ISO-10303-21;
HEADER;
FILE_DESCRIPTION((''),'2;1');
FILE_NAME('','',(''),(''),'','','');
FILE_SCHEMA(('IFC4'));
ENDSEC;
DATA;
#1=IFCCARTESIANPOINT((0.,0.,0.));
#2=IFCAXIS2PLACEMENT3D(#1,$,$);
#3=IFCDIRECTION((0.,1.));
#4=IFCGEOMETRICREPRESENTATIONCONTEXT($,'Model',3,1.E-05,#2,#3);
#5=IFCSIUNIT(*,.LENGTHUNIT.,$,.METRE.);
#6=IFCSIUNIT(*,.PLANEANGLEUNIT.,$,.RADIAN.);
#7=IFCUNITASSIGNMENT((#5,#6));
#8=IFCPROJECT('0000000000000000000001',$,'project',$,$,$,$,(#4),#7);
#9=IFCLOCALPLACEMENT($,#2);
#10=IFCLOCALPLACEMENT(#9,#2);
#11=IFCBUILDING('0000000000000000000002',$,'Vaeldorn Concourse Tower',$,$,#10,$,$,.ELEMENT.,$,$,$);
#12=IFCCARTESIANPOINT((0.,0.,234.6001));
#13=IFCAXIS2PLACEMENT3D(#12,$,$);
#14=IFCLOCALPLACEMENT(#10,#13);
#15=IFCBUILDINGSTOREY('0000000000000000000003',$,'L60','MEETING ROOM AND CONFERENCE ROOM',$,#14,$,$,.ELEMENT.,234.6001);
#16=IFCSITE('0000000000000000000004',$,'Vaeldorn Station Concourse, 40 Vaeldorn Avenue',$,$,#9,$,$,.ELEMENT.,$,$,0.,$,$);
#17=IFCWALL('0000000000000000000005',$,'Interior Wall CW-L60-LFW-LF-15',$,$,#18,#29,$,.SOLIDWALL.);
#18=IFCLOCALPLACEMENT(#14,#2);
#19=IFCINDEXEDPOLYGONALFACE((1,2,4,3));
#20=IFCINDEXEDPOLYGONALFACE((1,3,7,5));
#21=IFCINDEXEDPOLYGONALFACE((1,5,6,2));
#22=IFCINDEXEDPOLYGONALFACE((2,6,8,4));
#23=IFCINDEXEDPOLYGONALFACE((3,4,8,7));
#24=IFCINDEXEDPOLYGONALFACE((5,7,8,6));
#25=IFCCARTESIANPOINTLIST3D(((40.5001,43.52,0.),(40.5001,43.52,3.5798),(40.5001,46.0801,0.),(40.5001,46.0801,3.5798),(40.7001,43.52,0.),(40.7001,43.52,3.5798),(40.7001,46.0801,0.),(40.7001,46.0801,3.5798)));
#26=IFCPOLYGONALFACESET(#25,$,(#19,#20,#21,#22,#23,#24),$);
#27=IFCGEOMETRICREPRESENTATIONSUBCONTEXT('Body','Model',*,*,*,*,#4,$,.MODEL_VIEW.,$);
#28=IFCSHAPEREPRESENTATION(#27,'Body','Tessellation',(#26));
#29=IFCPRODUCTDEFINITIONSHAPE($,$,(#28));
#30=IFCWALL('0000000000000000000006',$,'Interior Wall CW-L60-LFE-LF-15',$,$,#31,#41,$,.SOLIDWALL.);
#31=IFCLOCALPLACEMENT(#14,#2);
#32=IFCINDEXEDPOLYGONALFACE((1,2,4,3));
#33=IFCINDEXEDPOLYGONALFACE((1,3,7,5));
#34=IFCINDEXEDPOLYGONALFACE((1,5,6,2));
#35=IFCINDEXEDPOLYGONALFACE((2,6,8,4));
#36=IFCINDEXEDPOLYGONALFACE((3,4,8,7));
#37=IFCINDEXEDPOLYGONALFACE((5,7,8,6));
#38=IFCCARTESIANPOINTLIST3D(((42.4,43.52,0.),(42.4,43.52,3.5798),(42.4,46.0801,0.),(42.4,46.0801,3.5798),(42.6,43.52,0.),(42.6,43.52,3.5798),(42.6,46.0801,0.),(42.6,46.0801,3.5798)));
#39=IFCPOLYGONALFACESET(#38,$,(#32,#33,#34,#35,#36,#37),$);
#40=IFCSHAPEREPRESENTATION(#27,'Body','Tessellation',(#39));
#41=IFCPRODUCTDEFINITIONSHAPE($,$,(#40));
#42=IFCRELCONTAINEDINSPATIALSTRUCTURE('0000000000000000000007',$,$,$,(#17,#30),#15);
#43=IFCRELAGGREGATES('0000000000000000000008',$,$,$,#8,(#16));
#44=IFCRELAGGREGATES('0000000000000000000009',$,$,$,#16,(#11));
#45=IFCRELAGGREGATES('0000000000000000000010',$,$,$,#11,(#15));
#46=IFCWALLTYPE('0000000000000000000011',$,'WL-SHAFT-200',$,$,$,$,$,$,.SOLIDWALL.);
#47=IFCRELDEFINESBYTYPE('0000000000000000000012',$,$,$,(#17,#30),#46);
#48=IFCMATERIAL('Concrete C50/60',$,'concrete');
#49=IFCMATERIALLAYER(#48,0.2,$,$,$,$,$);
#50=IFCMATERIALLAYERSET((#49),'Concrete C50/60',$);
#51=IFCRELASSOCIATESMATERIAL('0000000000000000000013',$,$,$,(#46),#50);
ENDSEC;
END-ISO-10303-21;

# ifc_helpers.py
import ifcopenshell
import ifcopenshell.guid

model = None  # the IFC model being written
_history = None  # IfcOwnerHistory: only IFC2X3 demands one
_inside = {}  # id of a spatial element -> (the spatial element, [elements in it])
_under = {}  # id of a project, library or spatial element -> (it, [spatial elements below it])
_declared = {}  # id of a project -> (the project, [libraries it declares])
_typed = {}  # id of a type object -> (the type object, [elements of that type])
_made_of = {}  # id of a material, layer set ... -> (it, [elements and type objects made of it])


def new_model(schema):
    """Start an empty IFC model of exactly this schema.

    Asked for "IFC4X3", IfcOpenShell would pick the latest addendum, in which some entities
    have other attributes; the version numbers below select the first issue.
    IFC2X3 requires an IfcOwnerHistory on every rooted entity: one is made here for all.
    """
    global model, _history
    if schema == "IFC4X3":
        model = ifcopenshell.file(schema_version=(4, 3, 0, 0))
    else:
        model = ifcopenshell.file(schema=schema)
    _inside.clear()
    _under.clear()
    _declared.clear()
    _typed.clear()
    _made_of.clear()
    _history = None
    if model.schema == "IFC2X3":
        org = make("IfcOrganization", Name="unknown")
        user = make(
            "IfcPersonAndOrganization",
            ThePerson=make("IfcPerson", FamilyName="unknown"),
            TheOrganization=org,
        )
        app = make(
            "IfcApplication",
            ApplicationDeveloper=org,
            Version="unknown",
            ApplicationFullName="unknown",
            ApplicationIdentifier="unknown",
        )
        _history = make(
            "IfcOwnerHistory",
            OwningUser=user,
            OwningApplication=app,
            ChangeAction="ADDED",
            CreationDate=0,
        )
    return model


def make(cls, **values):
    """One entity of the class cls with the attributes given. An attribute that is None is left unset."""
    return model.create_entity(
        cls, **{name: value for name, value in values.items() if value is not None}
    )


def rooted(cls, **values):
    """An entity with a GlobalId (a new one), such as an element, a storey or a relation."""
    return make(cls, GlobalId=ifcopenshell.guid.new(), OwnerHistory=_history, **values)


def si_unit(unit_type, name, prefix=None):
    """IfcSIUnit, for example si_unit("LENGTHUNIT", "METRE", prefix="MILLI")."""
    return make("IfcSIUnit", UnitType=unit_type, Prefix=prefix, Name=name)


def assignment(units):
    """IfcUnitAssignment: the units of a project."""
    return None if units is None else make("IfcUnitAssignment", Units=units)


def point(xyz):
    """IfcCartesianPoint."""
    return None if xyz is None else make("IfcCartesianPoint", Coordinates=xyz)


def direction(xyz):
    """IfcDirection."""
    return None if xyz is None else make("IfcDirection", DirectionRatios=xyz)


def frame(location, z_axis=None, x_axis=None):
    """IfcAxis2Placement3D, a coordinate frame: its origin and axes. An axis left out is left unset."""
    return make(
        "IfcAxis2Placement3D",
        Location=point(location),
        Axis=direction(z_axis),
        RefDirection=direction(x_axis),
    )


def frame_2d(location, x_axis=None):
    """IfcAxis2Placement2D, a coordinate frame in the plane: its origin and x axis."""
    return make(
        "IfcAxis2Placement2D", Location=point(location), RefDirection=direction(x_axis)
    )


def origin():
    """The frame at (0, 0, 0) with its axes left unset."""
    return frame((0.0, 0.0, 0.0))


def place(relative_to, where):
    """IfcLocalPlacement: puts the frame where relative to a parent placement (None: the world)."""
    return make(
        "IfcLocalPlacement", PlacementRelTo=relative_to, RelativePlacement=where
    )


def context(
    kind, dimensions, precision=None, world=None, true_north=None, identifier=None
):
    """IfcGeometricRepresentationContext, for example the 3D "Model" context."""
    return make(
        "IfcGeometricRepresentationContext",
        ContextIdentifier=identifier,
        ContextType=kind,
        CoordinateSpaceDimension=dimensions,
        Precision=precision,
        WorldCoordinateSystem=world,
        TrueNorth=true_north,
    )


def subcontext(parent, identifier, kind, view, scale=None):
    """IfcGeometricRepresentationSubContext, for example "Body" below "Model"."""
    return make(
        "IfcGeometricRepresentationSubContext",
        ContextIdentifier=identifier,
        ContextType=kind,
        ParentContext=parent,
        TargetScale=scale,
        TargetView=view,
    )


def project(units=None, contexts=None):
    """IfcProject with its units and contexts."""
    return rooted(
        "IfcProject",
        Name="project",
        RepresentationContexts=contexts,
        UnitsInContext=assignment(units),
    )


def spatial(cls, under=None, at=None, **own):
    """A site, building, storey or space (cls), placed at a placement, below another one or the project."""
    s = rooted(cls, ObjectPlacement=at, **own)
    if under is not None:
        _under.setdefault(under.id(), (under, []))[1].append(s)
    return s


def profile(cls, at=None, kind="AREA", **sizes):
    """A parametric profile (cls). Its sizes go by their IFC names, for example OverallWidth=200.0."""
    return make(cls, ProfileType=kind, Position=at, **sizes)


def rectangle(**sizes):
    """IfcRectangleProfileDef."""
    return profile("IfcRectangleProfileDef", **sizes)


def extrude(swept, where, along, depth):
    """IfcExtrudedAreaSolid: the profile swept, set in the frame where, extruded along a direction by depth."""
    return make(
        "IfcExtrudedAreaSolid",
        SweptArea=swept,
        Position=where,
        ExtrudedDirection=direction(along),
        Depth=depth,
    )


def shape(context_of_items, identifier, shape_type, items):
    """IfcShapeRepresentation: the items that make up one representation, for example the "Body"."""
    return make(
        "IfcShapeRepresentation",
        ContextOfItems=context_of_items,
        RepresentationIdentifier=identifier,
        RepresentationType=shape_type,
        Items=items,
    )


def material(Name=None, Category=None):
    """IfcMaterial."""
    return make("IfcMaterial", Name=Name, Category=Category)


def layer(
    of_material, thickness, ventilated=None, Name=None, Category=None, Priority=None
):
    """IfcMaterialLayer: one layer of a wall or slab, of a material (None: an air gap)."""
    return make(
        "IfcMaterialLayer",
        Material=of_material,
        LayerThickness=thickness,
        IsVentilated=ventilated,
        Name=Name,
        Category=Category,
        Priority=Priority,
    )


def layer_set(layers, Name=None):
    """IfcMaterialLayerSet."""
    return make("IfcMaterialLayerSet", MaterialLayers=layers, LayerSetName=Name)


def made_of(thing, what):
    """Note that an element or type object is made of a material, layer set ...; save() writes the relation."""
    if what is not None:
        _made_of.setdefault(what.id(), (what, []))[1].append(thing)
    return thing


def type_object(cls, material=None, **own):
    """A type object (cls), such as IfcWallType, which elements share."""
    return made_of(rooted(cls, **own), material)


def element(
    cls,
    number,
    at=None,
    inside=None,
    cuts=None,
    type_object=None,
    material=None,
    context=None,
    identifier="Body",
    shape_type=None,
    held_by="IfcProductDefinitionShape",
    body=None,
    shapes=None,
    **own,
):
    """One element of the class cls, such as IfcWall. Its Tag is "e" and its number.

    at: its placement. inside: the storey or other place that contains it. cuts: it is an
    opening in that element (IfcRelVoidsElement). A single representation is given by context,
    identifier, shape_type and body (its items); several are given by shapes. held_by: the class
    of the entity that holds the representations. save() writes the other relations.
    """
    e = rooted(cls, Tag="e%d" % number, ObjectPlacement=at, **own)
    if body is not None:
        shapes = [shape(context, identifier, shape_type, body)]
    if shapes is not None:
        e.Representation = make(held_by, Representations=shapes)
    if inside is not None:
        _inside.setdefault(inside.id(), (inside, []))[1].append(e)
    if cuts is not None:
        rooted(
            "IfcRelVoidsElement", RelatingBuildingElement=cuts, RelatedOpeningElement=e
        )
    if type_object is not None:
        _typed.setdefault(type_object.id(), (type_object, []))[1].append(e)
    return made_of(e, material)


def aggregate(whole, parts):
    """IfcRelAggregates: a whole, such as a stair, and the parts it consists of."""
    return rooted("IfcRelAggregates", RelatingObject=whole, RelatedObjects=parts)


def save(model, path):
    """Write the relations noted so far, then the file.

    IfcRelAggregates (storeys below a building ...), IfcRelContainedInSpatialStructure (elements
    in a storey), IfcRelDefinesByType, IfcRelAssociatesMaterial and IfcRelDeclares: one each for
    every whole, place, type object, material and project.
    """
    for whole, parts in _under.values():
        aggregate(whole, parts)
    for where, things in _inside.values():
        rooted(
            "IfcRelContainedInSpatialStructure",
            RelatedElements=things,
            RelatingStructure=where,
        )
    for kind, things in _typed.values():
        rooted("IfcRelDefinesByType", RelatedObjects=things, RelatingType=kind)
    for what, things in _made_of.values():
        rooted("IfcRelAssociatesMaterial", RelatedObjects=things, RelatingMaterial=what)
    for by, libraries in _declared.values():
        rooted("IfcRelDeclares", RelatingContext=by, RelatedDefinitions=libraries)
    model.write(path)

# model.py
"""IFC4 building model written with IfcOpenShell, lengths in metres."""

from ifc_helpers import new_model, si_unit, direction, frame, frame_2d, origin, place, context, subcontext, project, spatial, rectangle, extrude, material, layer, layer_set, type_object, element, save


model = new_model("IFC4")

# Units and contexts
model_context = context("Model", 3, precision=1e-05, world=origin(), true_north=direction((0.0, 1.0)))
body_context = subcontext(model_context, "Body", "Model", "MODEL_VIEW")
ifc_project = project(units=[si_unit("LENGTHUNIT", "METRE"), si_unit("PLANEANGLEUNIT", "RADIAN")], contexts=[model_context])

# Site, building, storey
site_placement = place(None, origin())
site = spatial("IfcSite", under=ifc_project, at=site_placement, Name="Vaeldorn Station Concourse, 40 Vaeldorn Avenue", CompositionType="ELEMENT", RefElevation=0.0)
building_placement = place(site_placement, origin())
building = spatial("IfcBuilding", under=site, at=building_placement, Name="Vaeldorn Concourse Tower", CompositionType="ELEMENT")
storey_placement = place(building_placement, frame((0.0, 0.0, 234.6001)))
storey = spatial("IfcBuildingStorey", under=building, at=storey_placement, Name="L60", Description="MEETING ROOM AND CONFERENCE ROOM", CompositionType="ELEMENT", Elevation=234.6001)

# Shared definitions
ifc_material_1 = material(Name="Concrete C50/60", Category="concrete")

# Shared definitions
ifc_layer_1 = layer(ifc_material_1, 0.2)
ifc_layer_set_1 = layer_set([ifc_layer_1], Name="Concrete C50/60")
wall_type_1 = type_object("IfcWallType", Name="WL-SHAFT-200", PredefinedType="SOLIDWALL", material=ifc_layer_set_1)

# Walls
for number, where, z_axis, x_axis, name in (
    (1, (40.6001, 43.52, 0.0), (0.0, 0.0, 1.0), (0.0, 1.0, 0.0), "Interior Wall CW-L60-LFW-LF-15"),
    (2, (42.5, 43.52, 0.0), (0.0, 0.0, 1.0), (0.0, 1.0, 0.0), "Interior Wall CW-L60-LFE-LF-15"),
):
    element("IfcWall", number, at=place(storey_placement, frame(where, z_axis=z_axis, x_axis=x_axis)), inside=storey, type_object=wall_type_1, Name=name, PredefinedType="SOLIDWALL", context=body_context, shape_type="SweptSolid", body=[
        extrude(rectangle(XDim=2.5601, YDim=0.2, at=frame_2d((1.28, 0.0))), origin(), (0.0, 0.0, 1.0), 3.5798),
    ])

save(model, "model.ifc")
